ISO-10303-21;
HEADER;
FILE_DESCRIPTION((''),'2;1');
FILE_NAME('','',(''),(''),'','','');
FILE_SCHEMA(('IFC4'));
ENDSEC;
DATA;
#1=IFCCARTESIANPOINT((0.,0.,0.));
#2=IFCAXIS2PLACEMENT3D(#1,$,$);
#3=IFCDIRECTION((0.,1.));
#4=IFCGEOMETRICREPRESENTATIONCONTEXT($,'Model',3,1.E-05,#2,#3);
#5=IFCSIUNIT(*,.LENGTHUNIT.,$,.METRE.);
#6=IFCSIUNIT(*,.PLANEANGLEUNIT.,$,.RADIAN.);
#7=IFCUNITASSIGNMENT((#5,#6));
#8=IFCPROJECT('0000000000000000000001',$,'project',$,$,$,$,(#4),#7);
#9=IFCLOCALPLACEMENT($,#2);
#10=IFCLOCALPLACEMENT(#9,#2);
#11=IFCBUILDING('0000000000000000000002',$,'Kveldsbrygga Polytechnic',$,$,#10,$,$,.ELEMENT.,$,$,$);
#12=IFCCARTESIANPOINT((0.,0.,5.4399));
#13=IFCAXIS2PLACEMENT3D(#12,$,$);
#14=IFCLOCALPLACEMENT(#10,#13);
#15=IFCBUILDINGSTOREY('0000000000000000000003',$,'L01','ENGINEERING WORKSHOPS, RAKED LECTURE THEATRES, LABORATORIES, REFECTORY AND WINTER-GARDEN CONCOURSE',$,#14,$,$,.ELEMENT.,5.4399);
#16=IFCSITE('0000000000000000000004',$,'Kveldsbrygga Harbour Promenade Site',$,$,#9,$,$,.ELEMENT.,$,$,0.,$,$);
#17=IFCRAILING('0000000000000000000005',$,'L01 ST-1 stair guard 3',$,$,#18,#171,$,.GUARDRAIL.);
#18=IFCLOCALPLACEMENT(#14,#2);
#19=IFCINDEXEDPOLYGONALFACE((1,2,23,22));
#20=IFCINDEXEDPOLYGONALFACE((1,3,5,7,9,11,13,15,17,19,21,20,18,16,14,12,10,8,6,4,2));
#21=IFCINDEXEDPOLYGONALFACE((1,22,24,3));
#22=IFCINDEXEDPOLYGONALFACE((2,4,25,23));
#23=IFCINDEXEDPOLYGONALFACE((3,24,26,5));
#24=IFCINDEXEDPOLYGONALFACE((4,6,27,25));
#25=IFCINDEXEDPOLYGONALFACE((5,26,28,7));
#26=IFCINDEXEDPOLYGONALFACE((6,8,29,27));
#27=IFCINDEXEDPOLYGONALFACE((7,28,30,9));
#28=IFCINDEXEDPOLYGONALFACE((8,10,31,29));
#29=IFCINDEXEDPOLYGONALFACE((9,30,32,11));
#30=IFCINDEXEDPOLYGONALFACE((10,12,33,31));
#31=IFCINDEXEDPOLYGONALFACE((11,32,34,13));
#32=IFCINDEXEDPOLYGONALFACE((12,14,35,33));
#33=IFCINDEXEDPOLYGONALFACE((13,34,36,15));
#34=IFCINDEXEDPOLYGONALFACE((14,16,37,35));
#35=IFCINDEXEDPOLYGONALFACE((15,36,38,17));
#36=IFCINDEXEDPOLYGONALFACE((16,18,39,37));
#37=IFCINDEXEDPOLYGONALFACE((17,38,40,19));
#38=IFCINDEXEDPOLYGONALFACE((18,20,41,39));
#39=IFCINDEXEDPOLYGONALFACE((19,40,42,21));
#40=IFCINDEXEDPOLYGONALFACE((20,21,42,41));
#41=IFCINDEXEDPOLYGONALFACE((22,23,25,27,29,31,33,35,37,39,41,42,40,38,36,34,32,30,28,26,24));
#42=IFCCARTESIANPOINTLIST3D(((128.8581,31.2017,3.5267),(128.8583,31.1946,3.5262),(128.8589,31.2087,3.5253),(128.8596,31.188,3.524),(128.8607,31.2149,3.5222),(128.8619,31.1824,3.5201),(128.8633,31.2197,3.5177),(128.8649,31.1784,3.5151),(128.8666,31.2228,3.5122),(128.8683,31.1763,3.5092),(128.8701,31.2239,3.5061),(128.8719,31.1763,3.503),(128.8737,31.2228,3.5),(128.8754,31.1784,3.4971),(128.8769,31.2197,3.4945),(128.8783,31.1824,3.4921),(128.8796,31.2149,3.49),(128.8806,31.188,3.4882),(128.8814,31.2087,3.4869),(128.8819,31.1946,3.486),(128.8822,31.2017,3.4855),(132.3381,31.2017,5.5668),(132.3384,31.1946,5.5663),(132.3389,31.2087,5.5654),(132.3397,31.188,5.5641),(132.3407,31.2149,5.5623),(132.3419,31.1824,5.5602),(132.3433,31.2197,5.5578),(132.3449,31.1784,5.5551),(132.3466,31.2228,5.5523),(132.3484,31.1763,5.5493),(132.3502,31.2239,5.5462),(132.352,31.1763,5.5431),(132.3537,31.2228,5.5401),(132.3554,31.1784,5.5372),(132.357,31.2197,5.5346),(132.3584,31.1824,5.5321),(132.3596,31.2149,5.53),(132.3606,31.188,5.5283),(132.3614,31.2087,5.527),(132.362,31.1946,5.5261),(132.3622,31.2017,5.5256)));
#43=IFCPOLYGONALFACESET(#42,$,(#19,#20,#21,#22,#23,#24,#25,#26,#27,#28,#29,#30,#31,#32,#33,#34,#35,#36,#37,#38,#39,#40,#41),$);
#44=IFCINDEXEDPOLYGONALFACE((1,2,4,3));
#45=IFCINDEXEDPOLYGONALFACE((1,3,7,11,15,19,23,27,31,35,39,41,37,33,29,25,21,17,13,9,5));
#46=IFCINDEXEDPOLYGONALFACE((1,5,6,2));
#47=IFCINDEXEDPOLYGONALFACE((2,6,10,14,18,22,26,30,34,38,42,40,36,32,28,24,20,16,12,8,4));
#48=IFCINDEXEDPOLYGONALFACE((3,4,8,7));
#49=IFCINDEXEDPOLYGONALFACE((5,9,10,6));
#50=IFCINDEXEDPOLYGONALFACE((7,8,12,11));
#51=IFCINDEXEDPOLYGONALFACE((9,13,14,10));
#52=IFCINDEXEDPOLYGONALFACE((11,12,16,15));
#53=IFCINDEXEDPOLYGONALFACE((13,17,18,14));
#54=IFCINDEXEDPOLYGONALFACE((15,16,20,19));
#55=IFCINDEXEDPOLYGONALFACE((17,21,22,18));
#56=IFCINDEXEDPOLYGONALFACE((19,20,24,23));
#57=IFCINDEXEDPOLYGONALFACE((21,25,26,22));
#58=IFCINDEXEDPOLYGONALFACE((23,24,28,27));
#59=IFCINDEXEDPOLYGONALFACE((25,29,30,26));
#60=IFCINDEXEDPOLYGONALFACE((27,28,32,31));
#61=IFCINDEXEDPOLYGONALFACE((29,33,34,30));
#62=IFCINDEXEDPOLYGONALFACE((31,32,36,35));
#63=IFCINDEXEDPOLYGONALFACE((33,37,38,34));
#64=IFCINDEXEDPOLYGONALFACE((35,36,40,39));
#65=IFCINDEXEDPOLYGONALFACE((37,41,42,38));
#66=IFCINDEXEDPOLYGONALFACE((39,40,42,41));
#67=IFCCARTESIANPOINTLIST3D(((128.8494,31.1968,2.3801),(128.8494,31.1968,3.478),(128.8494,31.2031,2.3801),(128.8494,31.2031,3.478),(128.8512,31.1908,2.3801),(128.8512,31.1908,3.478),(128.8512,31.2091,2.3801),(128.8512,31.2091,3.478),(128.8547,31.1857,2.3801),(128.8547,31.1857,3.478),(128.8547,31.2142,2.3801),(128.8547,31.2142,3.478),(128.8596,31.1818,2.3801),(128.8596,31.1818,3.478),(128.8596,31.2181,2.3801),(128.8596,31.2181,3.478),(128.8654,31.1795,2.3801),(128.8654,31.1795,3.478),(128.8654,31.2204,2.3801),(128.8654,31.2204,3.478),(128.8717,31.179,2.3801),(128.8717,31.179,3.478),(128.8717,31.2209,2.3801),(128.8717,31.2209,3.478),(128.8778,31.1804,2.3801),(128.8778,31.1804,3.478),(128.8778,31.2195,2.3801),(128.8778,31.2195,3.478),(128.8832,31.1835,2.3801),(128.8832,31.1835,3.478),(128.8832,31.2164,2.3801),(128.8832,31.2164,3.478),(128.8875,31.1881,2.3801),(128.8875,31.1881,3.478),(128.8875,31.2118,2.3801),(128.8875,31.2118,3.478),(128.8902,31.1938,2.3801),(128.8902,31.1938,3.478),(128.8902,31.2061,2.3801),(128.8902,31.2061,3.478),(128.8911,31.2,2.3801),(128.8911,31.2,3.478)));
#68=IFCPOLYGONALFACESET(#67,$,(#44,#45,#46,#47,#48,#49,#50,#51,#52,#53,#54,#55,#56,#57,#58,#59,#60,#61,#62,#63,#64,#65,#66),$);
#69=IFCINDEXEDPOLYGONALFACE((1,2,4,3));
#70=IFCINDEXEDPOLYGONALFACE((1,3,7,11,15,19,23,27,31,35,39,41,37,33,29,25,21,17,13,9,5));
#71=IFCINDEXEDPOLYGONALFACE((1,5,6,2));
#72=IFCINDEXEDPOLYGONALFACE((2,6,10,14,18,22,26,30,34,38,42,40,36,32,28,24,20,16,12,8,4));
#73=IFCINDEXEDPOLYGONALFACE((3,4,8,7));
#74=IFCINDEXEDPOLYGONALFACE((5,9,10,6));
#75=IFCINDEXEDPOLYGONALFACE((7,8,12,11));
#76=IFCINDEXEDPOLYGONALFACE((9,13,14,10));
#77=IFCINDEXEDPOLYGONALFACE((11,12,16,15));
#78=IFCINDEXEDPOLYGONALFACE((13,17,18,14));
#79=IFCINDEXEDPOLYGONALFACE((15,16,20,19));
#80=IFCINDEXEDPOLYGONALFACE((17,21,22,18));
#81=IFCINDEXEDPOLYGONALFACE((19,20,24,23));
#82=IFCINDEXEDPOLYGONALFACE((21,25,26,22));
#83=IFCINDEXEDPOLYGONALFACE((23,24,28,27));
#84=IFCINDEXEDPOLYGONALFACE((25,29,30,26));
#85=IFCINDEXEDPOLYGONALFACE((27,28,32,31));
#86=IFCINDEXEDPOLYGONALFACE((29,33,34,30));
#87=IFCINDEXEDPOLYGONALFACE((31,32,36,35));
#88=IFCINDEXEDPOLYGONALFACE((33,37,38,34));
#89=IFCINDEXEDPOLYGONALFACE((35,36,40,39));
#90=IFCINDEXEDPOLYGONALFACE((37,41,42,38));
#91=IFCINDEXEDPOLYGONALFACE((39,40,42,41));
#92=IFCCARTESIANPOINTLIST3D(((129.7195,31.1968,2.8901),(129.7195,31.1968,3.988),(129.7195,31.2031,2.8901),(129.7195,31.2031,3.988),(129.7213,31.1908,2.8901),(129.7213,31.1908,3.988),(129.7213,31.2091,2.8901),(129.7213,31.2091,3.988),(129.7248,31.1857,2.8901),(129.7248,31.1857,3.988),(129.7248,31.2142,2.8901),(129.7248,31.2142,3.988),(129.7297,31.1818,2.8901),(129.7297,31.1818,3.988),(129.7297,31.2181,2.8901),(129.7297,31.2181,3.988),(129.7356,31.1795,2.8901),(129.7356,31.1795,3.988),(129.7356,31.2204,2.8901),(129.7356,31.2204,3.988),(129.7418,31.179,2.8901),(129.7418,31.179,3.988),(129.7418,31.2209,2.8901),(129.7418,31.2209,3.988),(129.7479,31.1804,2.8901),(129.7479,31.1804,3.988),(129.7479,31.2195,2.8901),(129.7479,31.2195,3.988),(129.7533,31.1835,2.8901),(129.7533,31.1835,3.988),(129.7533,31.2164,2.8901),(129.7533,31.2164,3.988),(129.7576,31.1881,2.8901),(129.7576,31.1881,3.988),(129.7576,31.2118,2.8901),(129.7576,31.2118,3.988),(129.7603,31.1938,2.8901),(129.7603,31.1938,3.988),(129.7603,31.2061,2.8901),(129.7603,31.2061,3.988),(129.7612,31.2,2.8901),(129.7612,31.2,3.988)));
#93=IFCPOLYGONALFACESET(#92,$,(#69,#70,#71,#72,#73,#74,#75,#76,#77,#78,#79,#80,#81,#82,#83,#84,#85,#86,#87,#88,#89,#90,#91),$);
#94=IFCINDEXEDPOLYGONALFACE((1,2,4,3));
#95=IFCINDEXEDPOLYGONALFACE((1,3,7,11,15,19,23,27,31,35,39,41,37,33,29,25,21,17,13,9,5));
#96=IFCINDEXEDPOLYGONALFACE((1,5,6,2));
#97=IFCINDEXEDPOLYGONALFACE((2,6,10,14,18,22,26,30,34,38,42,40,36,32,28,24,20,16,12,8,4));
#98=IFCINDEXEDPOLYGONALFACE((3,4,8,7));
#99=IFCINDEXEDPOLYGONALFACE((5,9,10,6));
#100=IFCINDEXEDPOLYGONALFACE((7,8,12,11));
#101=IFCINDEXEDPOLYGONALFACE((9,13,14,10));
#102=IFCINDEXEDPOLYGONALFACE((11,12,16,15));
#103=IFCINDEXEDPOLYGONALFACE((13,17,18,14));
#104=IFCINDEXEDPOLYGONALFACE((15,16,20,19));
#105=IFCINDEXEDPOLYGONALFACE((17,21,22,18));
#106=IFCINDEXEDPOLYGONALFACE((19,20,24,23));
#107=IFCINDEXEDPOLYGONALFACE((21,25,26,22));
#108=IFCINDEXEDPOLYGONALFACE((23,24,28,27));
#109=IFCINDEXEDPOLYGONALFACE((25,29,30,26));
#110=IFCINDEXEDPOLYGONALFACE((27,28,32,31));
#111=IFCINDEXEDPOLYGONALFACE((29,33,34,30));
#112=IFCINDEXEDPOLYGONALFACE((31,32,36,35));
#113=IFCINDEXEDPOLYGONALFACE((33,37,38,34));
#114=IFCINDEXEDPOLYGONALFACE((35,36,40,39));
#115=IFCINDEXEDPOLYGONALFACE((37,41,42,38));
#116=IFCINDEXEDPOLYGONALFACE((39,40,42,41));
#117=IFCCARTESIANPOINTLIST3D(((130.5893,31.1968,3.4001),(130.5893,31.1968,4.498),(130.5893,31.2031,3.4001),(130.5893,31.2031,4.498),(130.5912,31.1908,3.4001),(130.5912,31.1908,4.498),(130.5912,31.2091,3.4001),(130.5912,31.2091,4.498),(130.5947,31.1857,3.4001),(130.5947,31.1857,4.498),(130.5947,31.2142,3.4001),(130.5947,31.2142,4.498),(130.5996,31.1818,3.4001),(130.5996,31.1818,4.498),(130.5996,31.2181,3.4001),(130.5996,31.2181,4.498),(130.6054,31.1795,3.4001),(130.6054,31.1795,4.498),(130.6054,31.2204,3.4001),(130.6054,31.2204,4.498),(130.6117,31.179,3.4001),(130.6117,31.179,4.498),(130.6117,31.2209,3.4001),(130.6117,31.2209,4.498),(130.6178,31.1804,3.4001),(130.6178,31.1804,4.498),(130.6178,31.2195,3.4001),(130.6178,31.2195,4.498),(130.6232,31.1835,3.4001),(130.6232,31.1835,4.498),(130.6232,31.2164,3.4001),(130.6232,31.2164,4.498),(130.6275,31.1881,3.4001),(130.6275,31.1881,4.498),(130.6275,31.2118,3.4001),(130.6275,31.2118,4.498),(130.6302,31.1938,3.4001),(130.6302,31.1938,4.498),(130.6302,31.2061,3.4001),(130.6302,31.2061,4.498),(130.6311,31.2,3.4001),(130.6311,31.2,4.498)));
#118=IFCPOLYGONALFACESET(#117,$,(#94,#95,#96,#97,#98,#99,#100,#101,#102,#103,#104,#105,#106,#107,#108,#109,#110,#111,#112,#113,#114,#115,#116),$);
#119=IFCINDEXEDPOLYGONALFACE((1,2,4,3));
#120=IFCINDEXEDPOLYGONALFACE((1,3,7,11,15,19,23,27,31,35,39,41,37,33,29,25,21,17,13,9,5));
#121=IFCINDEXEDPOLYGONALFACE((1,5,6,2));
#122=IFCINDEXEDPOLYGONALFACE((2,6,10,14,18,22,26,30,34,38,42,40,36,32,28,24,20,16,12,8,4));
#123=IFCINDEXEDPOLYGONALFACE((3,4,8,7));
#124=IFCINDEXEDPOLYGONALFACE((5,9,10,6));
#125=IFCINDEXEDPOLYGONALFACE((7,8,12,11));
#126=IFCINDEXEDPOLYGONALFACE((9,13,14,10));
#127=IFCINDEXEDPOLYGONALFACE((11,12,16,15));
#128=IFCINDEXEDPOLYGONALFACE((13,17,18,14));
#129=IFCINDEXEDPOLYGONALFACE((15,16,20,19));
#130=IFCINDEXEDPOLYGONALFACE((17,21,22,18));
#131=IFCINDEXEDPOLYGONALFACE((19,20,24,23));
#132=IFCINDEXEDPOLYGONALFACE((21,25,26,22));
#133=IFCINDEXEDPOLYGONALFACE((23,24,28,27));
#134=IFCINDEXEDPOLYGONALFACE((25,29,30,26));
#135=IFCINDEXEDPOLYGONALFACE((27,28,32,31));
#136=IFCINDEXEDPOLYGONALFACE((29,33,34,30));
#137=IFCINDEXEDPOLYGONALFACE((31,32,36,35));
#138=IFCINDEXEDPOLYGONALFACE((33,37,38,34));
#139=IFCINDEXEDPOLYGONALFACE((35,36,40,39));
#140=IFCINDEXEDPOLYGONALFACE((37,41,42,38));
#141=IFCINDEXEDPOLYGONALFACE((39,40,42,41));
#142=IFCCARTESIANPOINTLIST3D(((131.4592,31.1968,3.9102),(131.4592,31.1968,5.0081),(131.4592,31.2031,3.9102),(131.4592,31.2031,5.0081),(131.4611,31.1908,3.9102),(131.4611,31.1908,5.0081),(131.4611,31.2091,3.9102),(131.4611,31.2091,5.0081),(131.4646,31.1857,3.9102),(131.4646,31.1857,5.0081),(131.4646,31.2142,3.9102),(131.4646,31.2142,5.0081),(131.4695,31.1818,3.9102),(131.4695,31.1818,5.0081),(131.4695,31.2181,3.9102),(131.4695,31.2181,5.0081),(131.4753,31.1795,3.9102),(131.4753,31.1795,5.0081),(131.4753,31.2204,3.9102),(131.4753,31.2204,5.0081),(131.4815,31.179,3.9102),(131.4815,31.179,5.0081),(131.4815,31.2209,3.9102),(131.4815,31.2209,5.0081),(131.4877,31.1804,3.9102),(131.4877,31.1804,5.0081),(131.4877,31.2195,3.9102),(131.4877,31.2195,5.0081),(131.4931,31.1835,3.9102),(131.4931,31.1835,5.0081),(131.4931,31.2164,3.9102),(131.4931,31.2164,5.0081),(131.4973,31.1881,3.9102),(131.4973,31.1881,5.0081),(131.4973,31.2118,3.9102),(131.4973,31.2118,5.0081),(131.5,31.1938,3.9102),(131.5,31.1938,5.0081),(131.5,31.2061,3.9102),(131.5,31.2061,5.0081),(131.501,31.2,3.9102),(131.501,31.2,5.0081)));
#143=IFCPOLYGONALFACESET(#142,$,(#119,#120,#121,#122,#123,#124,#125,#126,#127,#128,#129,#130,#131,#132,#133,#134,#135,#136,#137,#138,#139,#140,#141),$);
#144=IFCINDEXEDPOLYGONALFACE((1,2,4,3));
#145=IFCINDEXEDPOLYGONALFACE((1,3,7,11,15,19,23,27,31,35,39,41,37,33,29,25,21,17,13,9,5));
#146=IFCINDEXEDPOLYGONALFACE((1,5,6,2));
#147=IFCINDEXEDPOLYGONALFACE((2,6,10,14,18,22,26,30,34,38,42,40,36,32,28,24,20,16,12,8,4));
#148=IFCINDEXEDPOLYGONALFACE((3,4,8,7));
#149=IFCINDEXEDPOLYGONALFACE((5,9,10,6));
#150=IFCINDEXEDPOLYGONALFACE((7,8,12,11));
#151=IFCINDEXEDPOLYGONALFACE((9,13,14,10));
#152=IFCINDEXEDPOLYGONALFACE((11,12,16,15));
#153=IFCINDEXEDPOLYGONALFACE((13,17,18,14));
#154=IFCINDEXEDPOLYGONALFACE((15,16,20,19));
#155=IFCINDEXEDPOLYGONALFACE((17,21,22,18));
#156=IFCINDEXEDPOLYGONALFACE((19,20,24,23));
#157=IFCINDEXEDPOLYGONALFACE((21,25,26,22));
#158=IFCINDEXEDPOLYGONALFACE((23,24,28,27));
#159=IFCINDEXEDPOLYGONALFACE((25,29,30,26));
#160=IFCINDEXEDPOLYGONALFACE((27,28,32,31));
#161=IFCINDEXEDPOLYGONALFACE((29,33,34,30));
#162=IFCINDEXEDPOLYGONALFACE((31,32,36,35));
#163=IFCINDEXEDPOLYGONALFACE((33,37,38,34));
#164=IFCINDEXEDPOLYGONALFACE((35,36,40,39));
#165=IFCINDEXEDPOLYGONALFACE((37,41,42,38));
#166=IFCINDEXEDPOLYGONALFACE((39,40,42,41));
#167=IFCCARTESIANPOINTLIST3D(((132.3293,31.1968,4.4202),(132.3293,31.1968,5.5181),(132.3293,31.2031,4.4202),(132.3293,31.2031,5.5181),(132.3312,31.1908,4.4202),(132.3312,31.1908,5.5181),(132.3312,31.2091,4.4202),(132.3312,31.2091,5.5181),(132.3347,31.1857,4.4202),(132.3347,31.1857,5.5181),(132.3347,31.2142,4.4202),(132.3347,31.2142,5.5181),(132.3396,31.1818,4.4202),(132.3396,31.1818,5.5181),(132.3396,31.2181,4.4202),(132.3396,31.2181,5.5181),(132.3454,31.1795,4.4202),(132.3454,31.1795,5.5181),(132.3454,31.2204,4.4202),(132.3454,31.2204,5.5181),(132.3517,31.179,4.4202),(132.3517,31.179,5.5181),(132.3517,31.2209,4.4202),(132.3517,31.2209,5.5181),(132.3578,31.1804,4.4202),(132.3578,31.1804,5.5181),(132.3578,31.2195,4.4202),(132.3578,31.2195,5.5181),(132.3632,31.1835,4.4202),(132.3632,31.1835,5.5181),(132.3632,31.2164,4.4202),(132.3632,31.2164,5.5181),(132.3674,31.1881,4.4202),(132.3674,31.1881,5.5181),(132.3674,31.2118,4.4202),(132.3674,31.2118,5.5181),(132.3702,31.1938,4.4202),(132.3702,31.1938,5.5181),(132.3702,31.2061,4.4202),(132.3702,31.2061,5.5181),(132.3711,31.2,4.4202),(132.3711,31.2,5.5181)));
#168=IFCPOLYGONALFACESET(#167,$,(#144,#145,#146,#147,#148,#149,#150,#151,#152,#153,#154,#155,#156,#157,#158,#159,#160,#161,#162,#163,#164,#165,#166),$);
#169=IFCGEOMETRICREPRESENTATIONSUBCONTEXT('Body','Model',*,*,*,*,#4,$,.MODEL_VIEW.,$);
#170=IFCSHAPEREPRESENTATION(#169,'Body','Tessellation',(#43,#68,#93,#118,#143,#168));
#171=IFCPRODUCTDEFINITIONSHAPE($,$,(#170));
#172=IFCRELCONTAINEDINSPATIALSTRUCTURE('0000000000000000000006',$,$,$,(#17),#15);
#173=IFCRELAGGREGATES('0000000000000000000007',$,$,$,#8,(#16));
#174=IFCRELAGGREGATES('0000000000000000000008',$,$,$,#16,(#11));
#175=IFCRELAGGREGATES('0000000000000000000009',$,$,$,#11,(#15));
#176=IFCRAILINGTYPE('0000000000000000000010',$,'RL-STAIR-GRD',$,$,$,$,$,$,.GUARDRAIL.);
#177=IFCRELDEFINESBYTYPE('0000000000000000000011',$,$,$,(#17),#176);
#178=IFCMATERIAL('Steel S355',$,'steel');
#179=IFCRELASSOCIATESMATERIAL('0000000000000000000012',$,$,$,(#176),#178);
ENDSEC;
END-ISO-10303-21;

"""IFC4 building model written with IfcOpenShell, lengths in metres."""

from ifc_helpers import new_model, si_unit, direction, frame, origin, origin_2d, place, context, subcontext, project, spatial, circle, extrude, material, type_object, element, save


model = new_model("IFC4")

# Units and contexts
model_context = context("Model", 3, precision=1e-05, world=origin(), true_north=direction((0.0, 1.0)))
body_context = subcontext(model_context, "Body", "Model", "MODEL_VIEW")
ifc_project = project(units=[si_unit("LENGTHUNIT", "METRE"), si_unit("PLANEANGLEUNIT", "RADIAN")], contexts=[model_context])

# Site, building, storey
site_placement = place(None, origin())
site = spatial("IfcSite", under=ifc_project, at=site_placement, Name="Kveldsbrygga Harbour Promenade Site", CompositionType="ELEMENT", RefElevation=0.0)
building_placement = place(site_placement, origin())
building = spatial("IfcBuilding", under=site, at=building_placement, Name="Kveldsbrygga Polytechnic", CompositionType="ELEMENT")
storey_placement = place(building_placement, frame((0.0, 0.0, 5.4399)))
storey = spatial("IfcBuildingStorey", under=building, at=storey_placement, Name="L01", Description="ENGINEERING WORKSHOPS, RAKED LECTURE THEATRES, LABORATORIES, REFECTORY AND WINTER-GARDEN CONCOURSE", CompositionType="ELEMENT", Elevation=5.4399)

# Railing
ifc_material_1 = material(Name="Steel S355", Category="steel")
railing_type_1 = type_object("IfcRailingType", Name="RL-STAIR-GRD", PredefinedType="GUARDRAIL", material=ifc_material_1)
railing_1_placement = place(storey_placement, frame((128.8701, 31.2, 2.3801)))
element("IfcRailing", 1, at=railing_1_placement, inside=storey, type_object=railing_type_1, Name="L01 ST-1 stair guard 3", PredefinedType="GUARDRAIL", context=body_context, shape_type="SweptSolid", body=[
    extrude(circle(Radius=0.0239, at=origin_2d()), frame((0.0, 0.0, 1.126), z_axis=(0.862693, 0.0, 0.505729), x_axis=(0.0, 1.0, 0.0)), (0.0, 0.0, 1.0), 4.0339),
    extrude(circle(Radius=0.021, at=origin_2d()), origin(), (0.0, 0.0, 1.0), 1.0979),
    extrude(circle(Radius=0.021, at=origin_2d()), frame((0.8701, 0.0, 0.51)), (0.0, 0.0, 1.0), 1.0979),
    extrude(circle(Radius=0.021, at=origin_2d()), frame((1.74, 0.0, 1.02)), (0.0, 0.0, 1.0), 1.0979),
    extrude(circle(Radius=0.021, at=origin_2d()), frame((2.6099, 0.0, 1.53)), (0.0, 0.0, 1.0), 1.0979),
    extrude(circle(Radius=0.021, at=origin_2d()), frame((3.48, 0.0, 2.04)), (0.0, 0.0, 1.0), 1.0979),
])

save(model, "model.ifc")
